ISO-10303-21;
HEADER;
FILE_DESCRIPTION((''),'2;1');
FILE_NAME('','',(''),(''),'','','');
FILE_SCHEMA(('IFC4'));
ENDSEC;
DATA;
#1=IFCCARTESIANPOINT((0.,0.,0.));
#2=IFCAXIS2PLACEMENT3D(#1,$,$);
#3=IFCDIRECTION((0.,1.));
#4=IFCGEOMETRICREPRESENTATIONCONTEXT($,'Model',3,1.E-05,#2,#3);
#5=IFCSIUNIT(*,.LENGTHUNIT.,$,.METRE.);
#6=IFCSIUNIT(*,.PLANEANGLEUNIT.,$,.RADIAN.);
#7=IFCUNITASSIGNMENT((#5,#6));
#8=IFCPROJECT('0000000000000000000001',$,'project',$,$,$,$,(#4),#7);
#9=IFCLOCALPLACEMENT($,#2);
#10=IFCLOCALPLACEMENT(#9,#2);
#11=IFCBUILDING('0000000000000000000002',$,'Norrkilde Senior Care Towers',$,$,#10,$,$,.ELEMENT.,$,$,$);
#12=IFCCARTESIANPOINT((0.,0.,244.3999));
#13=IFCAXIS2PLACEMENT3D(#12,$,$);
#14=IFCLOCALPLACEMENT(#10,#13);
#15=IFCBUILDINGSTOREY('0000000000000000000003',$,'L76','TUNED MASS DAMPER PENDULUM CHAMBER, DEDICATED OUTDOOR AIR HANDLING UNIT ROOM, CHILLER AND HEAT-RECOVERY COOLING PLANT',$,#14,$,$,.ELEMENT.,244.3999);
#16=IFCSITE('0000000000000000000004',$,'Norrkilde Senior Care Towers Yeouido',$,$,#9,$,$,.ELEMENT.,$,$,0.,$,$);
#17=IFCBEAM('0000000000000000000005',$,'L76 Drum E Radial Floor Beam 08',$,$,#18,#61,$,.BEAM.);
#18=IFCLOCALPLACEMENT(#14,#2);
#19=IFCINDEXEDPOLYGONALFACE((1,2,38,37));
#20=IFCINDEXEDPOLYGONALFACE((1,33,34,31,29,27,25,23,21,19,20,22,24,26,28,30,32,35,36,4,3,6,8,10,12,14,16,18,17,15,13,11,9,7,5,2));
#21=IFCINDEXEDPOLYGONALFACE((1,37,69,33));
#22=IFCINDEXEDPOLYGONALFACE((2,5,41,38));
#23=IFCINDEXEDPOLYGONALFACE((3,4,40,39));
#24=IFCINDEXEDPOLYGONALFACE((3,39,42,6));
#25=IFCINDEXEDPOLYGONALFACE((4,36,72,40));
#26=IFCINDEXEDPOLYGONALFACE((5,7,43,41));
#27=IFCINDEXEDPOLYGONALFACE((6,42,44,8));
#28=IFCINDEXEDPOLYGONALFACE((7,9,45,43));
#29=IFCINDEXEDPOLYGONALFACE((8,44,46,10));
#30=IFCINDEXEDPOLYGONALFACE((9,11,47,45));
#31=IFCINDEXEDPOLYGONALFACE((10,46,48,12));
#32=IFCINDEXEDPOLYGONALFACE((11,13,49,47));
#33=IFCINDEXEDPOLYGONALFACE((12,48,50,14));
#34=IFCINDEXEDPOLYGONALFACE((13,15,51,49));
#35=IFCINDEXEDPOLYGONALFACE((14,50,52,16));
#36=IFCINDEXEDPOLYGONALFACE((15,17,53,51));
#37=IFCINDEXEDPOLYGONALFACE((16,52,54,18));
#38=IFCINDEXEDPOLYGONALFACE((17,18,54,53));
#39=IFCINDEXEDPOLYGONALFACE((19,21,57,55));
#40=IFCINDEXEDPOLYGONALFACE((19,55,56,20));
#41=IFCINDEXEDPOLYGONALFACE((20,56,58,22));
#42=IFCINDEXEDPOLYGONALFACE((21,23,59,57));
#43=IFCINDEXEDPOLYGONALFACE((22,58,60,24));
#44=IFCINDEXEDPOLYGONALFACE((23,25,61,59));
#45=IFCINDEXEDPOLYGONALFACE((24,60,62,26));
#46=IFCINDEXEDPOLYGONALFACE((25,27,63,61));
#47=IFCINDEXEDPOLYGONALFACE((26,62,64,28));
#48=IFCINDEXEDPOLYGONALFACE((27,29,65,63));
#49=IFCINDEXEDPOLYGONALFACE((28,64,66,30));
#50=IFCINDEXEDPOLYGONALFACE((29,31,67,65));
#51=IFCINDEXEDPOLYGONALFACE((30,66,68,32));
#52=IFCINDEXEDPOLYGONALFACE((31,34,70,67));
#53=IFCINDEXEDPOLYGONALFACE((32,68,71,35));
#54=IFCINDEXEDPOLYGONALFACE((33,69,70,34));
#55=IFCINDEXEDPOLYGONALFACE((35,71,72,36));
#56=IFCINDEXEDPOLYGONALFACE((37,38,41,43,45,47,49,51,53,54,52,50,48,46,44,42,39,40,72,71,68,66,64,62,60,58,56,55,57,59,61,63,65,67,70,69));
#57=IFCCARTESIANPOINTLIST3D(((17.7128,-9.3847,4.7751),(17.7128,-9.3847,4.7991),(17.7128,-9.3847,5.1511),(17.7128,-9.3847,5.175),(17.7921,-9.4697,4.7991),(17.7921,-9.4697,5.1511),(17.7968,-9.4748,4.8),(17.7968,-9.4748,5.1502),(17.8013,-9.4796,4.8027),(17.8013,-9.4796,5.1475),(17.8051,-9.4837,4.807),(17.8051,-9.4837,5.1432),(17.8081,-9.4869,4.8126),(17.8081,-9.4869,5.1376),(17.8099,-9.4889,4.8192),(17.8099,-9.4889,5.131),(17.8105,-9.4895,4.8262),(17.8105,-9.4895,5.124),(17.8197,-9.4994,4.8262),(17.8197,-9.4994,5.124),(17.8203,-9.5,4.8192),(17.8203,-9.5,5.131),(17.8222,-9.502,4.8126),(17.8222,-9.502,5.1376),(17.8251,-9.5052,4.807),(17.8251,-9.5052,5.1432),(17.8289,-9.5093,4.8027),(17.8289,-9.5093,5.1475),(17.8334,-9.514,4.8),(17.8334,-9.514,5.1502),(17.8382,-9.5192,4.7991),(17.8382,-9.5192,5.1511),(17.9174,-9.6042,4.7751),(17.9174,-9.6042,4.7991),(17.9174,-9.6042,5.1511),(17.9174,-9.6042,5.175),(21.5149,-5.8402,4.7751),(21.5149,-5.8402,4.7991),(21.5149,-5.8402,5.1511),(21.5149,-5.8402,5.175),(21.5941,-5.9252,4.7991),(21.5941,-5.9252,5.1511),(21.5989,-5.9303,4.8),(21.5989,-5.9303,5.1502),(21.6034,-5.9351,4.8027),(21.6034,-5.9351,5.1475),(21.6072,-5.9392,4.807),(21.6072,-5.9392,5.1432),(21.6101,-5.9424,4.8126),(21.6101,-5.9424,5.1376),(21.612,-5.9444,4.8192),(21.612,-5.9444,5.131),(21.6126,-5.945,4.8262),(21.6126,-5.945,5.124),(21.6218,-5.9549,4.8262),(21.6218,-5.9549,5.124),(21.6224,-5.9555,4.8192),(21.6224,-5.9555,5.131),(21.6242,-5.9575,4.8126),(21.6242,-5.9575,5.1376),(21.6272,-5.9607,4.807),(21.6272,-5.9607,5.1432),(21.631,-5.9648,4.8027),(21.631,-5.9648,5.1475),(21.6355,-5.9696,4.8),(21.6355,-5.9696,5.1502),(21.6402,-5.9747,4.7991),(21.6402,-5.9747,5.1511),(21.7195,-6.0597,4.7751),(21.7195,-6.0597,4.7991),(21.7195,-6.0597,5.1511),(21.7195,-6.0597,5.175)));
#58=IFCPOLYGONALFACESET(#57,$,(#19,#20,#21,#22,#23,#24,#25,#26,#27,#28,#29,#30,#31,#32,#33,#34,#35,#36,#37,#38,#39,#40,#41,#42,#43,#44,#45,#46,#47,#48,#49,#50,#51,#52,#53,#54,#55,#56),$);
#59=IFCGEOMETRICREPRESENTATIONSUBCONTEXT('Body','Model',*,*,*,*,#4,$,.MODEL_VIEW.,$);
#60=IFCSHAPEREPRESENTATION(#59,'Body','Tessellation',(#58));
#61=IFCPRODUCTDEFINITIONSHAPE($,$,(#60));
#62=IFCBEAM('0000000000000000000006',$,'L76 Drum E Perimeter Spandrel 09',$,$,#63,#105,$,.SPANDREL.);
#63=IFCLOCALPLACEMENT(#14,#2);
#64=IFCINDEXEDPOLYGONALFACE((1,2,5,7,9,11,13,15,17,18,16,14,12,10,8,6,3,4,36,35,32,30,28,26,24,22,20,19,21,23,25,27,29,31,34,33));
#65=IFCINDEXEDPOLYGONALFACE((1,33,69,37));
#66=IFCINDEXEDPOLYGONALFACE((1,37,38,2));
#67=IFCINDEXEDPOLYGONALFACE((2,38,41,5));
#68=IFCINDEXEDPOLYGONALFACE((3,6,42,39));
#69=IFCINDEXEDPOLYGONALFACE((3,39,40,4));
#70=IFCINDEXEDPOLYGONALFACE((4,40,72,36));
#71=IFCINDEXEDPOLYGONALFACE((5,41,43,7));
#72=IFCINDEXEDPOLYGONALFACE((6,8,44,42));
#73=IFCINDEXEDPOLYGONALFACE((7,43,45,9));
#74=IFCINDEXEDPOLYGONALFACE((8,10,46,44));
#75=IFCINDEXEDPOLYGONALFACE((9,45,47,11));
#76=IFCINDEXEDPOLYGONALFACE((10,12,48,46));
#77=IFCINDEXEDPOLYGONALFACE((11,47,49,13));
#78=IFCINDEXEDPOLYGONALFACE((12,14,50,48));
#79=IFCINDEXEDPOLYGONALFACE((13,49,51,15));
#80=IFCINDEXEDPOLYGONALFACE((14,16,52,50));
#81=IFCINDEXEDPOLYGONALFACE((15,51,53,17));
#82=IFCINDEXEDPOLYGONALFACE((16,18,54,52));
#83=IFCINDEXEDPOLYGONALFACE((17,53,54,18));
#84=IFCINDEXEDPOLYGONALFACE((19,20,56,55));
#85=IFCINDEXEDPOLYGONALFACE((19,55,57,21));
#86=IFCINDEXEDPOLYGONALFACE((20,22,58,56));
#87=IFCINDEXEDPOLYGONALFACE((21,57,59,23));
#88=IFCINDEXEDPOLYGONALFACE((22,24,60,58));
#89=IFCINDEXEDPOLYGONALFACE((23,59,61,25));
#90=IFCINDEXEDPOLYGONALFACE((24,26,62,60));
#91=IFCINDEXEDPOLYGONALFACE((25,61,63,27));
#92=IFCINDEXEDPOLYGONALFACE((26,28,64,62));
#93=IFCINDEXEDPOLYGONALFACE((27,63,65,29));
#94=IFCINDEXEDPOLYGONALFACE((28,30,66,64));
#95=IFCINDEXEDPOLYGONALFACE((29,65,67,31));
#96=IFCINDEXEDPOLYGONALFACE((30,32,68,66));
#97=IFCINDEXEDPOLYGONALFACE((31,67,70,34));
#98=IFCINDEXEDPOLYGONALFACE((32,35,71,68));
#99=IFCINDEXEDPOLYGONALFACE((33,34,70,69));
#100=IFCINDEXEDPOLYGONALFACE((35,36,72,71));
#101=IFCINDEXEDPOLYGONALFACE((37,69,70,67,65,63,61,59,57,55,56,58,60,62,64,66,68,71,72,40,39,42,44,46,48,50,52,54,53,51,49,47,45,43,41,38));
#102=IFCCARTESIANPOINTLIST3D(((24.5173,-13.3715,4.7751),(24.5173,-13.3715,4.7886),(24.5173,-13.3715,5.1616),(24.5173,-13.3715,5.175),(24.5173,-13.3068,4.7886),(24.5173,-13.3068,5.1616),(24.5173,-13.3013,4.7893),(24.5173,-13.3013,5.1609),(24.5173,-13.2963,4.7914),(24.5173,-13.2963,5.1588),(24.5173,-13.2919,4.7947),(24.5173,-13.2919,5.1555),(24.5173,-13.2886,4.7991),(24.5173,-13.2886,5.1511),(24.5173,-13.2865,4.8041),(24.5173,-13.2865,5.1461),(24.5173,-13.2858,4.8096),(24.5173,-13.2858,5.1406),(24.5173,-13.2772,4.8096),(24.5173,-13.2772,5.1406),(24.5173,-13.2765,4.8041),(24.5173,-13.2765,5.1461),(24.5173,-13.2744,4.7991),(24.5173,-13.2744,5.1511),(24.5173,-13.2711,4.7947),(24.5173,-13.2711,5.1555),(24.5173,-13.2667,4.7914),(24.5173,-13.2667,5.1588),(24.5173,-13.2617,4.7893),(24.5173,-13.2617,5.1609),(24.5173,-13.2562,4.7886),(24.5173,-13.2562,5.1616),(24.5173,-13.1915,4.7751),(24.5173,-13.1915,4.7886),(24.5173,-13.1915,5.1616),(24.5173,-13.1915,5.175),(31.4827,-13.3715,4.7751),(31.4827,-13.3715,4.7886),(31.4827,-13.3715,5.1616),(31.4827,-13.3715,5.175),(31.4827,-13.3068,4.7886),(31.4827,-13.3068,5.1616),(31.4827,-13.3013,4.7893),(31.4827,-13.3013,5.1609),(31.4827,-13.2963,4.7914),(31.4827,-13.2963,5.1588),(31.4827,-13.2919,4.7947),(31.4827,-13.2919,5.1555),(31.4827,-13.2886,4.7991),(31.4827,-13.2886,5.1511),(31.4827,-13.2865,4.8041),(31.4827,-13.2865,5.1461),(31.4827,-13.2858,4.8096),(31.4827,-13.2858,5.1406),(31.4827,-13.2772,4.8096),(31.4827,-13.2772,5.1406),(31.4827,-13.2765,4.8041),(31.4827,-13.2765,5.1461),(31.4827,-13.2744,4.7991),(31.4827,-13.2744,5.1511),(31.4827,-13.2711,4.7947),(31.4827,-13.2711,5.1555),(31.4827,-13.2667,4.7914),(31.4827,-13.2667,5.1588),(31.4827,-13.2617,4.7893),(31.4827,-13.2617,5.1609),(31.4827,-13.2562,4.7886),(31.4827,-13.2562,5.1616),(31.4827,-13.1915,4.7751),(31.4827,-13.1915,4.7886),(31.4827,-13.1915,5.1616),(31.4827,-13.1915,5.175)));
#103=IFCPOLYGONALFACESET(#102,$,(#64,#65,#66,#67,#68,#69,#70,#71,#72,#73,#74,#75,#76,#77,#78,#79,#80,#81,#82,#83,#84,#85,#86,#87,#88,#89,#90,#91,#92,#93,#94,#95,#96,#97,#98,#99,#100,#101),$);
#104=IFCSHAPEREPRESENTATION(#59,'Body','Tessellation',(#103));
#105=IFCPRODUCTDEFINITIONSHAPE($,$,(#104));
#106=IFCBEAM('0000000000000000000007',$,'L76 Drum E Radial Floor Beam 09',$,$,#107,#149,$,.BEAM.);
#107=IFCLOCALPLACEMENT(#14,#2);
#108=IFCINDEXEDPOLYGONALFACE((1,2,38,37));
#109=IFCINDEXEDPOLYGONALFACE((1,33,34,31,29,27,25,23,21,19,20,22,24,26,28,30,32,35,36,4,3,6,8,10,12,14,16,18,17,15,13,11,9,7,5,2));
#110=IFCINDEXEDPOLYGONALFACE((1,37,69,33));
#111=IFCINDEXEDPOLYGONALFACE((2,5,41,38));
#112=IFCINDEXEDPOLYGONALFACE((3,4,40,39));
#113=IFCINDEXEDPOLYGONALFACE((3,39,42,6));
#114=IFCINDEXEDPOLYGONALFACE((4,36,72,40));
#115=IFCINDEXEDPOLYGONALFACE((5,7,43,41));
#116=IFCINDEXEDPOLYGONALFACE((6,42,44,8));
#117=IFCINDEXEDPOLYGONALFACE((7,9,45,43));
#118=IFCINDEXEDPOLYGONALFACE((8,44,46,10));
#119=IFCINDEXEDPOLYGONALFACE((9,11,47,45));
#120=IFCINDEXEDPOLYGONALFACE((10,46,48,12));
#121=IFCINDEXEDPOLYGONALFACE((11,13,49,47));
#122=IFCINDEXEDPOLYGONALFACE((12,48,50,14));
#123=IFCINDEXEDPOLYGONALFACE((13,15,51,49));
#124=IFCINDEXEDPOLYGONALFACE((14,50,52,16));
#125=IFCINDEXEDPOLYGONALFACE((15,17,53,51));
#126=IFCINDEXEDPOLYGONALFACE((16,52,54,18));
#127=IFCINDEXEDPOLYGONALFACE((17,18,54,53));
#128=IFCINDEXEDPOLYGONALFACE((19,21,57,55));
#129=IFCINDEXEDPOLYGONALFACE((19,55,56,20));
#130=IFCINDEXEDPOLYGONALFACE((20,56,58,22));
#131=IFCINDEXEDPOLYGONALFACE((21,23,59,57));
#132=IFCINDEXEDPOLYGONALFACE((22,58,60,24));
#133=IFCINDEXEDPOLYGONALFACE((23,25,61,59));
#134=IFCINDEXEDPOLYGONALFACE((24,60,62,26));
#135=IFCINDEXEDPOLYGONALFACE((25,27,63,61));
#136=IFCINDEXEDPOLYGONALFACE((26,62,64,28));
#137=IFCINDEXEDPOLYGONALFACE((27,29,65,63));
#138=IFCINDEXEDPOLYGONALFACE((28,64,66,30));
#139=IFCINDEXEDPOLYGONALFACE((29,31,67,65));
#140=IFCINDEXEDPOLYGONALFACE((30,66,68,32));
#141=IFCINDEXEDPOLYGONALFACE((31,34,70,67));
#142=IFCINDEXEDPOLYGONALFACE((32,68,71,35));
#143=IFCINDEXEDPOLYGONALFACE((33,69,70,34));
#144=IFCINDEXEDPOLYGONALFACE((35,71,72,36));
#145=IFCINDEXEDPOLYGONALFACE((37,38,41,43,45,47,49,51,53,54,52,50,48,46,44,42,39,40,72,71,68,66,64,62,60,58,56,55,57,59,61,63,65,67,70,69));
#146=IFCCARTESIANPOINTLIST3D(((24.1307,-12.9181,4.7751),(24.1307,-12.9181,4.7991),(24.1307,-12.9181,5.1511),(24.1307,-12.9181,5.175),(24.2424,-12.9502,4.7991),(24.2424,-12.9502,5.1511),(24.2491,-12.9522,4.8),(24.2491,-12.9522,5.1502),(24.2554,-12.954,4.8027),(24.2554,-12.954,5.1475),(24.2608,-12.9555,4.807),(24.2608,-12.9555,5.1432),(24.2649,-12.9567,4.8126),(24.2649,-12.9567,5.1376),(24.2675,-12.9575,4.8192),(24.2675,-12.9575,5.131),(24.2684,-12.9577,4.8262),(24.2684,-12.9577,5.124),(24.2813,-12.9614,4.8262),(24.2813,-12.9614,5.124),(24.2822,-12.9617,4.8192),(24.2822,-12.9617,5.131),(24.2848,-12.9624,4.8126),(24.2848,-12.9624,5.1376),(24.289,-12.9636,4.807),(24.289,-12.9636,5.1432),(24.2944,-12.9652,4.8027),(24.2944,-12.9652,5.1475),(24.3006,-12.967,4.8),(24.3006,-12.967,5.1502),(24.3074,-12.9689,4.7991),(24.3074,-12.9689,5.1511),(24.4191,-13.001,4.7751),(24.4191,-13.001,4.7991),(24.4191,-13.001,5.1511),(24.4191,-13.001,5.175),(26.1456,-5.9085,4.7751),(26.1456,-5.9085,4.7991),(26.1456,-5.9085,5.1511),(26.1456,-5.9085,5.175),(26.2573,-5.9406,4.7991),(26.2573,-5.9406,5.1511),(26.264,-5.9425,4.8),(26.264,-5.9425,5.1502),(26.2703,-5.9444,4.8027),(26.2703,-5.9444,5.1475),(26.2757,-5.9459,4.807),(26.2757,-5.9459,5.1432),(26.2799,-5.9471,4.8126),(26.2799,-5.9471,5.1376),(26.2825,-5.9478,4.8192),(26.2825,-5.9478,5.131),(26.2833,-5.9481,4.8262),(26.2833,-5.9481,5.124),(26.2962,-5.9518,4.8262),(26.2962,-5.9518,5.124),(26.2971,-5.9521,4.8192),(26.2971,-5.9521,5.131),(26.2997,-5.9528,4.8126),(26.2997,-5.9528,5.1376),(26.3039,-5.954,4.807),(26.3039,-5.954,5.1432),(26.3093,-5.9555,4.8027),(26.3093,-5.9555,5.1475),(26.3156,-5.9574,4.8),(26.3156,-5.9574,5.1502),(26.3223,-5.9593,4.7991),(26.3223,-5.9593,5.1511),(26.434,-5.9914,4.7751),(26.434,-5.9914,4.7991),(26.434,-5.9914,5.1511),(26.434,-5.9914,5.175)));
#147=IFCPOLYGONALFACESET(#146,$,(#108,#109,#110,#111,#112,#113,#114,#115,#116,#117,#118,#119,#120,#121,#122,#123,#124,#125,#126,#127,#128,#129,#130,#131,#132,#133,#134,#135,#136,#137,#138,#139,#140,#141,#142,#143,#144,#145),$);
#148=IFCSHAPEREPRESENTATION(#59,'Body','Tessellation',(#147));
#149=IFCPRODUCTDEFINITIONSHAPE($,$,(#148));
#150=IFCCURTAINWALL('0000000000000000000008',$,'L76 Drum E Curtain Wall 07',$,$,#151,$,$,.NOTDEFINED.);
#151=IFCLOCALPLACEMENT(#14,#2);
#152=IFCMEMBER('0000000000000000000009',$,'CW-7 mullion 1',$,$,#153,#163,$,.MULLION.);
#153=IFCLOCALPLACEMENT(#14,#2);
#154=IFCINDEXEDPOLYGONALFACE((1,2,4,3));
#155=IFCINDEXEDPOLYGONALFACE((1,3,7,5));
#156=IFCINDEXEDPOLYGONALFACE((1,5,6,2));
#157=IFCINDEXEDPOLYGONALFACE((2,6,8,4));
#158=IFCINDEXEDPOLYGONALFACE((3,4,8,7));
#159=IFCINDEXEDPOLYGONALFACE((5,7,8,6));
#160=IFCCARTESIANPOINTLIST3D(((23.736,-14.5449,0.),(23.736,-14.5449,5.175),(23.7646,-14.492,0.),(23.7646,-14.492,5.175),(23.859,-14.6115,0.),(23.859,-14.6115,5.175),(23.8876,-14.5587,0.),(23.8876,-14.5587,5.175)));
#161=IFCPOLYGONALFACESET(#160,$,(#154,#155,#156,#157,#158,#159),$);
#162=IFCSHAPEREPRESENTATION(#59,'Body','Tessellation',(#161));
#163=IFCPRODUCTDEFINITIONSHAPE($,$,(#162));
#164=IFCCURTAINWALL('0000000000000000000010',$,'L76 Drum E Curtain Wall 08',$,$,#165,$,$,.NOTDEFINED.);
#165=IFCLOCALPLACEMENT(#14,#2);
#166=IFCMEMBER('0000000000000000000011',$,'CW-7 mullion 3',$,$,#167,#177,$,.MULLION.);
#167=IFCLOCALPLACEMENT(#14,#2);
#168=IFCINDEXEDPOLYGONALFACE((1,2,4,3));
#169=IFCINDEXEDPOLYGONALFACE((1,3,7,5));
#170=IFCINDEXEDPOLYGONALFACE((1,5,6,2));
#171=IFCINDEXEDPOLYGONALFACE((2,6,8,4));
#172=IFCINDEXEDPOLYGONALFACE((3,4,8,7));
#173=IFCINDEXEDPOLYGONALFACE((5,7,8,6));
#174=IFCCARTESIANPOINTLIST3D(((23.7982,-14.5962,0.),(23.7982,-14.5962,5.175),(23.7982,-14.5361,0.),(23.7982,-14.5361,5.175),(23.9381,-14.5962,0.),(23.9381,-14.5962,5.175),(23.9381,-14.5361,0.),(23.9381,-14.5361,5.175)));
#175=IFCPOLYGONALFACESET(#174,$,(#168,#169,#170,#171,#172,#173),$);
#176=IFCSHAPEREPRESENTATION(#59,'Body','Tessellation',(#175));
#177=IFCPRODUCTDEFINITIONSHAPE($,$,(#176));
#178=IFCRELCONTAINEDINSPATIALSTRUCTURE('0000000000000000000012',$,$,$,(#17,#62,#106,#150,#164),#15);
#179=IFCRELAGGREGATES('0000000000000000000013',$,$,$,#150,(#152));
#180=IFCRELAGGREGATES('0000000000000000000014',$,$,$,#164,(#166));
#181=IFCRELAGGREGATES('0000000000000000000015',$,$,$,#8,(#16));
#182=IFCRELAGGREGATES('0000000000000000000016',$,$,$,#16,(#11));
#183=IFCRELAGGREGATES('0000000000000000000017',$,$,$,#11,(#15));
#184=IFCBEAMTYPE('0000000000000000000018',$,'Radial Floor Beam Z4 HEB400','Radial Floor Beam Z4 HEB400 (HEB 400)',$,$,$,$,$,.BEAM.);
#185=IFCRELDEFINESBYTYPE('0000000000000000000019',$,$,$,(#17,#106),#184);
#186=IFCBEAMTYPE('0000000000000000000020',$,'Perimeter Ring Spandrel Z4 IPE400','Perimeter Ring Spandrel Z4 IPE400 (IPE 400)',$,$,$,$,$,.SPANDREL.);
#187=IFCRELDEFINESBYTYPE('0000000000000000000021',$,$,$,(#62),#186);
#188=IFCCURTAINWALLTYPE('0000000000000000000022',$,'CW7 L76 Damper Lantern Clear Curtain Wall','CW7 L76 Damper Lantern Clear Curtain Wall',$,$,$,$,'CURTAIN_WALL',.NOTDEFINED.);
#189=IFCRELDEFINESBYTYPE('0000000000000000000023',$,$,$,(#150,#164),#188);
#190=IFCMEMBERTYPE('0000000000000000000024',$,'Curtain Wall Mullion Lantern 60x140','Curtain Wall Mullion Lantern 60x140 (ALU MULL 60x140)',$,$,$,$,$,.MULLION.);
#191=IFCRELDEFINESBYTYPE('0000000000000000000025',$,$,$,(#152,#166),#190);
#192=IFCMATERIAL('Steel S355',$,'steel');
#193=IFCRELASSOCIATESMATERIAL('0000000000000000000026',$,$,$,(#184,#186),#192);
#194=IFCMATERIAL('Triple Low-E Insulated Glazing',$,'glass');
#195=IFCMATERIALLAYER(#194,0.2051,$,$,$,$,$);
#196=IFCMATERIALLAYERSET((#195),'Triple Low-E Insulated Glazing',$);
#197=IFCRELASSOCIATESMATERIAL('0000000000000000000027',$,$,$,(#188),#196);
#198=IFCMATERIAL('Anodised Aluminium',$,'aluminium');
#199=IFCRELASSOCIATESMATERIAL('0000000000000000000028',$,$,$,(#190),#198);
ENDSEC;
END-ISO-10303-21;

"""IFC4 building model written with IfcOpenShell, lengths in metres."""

from ifc_helpers import new_model, si_unit, direction, frame, origin, origin_2d, place, context, subcontext, project, spatial, rectangle, i_section, extrude, source, transform, mapped, material, layer, layer_set, material_profile, profile_set, type_object, type_shapes, element, aggregate, save


model = new_model("IFC4")

# Units and contexts
model_context = context("Model", 3, precision=1e-05, world=origin(), true_north=direction((0.0, 1.0)))
body_context = subcontext(model_context, "Body", "Model", "MODEL_VIEW")
ifc_project = project(units=[si_unit("LENGTHUNIT", "METRE"), si_unit("PLANEANGLEUNIT", "RADIAN")], contexts=[model_context])

# Site, building, storey
site_placement = place(None, origin())
site = spatial("IfcSite", under=ifc_project, at=site_placement, Name="Norrkilde Senior Care Towers Yeouido", CompositionType="ELEMENT", RefElevation=0.0)
building_placement = place(site_placement, origin())
building = spatial("IfcBuilding", under=site, at=building_placement, Name="Norrkilde Senior Care Towers", CompositionType="ELEMENT")
storey_placement = place(building_placement, frame((0.0, 0.0, 244.3999)))
storey = spatial("IfcBuildingStorey", under=building, at=storey_placement, Name="L76", Description="TUNED MASS DAMPER PENDULUM CHAMBER, DEDICATED OUTDOOR AIR HANDLING UNIT ROOM, CHILLER AND HEAT-RECOVERY COOLING PLANT", CompositionType="ELEMENT", Elevation=244.3999)

# Beams
ifc_material_1 = material(Name="Steel S355", Category="steel")
ifc_material_profile_1 = material_profile(ifc_material_1, i_section(OverallWidth=0.3, OverallDepth=0.3999, WebThickness=0.0134, FlangeThickness=0.0239, FilletRadius=0.0271, at=origin_2d()), Name="HEB 400")
ifc_profile_set_1 = profile_set([ifc_material_profile_1], Name="Steel S355")
beam_type_1 = type_object("IfcBeamType", Name="Radial Floor Beam Z4 HEB400", Description="Radial Floor Beam Z4 HEB400 (HEB 400)", PredefinedType="BEAM", material=ifc_profile_set_1)
shared_shape_1 = source(origin(), body_context, "Body", "SweptSolid", [
    extrude(i_section(OverallWidth=0.3, OverallDepth=0.3999, WebThickness=0.0134, FlangeThickness=0.0239, FilletRadius=0.0271, at=origin_2d()), origin(), (0.0, 0.0, 1.0), 5.198),
])
beam_1_placement = place(storey_placement, frame((21.6172, -5.95, 4.9751), z_axis=(-0.731449, -0.681896, 0.0), x_axis=(0.681896, -0.731449, 0.0)))
element("IfcBeam", 1, at=beam_1_placement, inside=storey, type_object=beam_type_1, Name="L76 Drum E Radial Floor Beam 08", PredefinedType="BEAM", context=body_context, shape_type="MappedRepresentation", body=[
    mapped(shared_shape_1, transform((0.0, 0.0, 0.0), x_axis=(1.0, 0.0, 0.0), y_axis=(0.0, 1.0, 0.0), z_axis=(0.0, 0.0, 1.0), scale=1.0)),
])
ifc_material_profile_2 = material_profile(ifc_material_1, i_section(OverallWidth=0.1799, OverallDepth=0.3999, WebThickness=0.0085, FlangeThickness=0.0134, FilletRadius=0.021, at=origin_2d()), Name="IPE 400")
ifc_profile_set_2 = profile_set([ifc_material_profile_2], Name="Steel S355")
beam_type_2 = type_object("IfcBeamType", Name="Perimeter Ring Spandrel Z4 IPE400", Description="Perimeter Ring Spandrel Z4 IPE400 (IPE 400)", PredefinedType="SPANDREL", material=ifc_profile_set_2)
shared_shape_2 = source(origin(), body_context, "Body", "SweptSolid", [
    extrude(i_section(OverallWidth=0.1799, OverallDepth=0.3999, WebThickness=0.0085, FlangeThickness=0.0134, FilletRadius=0.021, at=origin_2d()), origin(), (0.0, 0.0, 1.0), 6.9653),
])
type_shapes(beam_type_2, [shared_shape_2])
beam_2_placement = place(storey_placement, frame((24.5173, -13.2815, 4.9751), z_axis=(1.0, 0.0, 0.0), x_axis=(0.0, 1.0, 0.0)))
element("IfcBeam", 2, at=beam_2_placement, inside=storey, type_object=beam_type_2, Name="L76 Drum E Perimeter Spandrel 09", PredefinedType="SPANDREL", context=body_context, shape_type="MappedRepresentation", body=[
    mapped(shared_shape_2, transform((0.0, 0.0, 0.0), x_axis=(1.0, 0.0, 0.0), y_axis=(0.0, 1.0, 0.0), z_axis=(0.0, 0.0, 1.0), scale=1.0)),
])
shared_shape_3 = source(origin(), body_context, "Body", "SweptSolid", [
    extrude(i_section(OverallWidth=0.3, OverallDepth=0.3999, WebThickness=0.0134, FlangeThickness=0.0239, FilletRadius=0.0271, at=origin_2d()), origin(), (0.0, 0.0, 1.0), 7.2935),
])
beam_3_placement = place(storey_placement, frame((26.2898, -5.95, 4.9751), z_axis=(-0.276264, -0.961082, 0.0), x_axis=(0.961082, -0.276264, 0.0)))
element("IfcBeam", 3, at=beam_3_placement, inside=storey, type_object=beam_type_1, Name="L76 Drum E Radial Floor Beam 09", PredefinedType="BEAM", context=body_context, shape_type="MappedRepresentation", body=[
    mapped(shared_shape_3, transform((0.0, 0.0, 0.0), x_axis=(1.0, 0.0, 0.0), y_axis=(0.0, 1.0, 0.0), z_axis=(0.0, 0.0, 1.0), scale=1.0)),
])

# Curtain walls, members
ifc_material_2 = material(Name="Triple Low-E Insulated Glazing", Category="glass")
ifc_layer_1 = layer(ifc_material_2, 0.2051)
ifc_layer_set_1 = layer_set([ifc_layer_1], Name="Triple Low-E Insulated Glazing")
curtain_wall_type = type_object("IfcCurtainWallType", Name="CW7 L76 Damper Lantern Clear Curtain Wall", Description="CW7 L76 Damper Lantern Clear Curtain Wall", ElementType="CURTAIN_WALL", PredefinedType="NOTDEFINED", material=ifc_layer_set_1)
curtain_wall_1_placement = place(storey_placement, origin())
curtain_wall_1 = element("IfcCurtainWall", 4, at=curtain_wall_1_placement, inside=storey, type_object=curtain_wall_type, Name="L76 Drum E Curtain Wall 07", PredefinedType="NOTDEFINED")
ifc_material_3 = material(Name="Anodised Aluminium", Category="aluminium")
ifc_material_profile_3 = material_profile(ifc_material_3, rectangle(XDim=0.0601, YDim=0.1399, at=origin_2d()), Name="ALU MULL 60x140")
ifc_profile_set_3 = profile_set([ifc_material_profile_3], Name="Anodised Aluminium")
member_type_1 = type_object("IfcMemberType", Name="Curtain Wall Mullion Lantern 60x140", Description="Curtain Wall Mullion Lantern 60x140 (ALU MULL 60x140)", PredefinedType="MULLION", material=ifc_profile_set_3)
shared_shape_4 = source(origin(), body_context, "Body", "SweptSolid", [
    extrude(rectangle(XDim=0.0601, YDim=0.1399, at=origin_2d()), origin(), (0.0, 0.0, 1.0), 5.175),
])
type_shapes(member_type_1, [shared_shape_4])
member_1_placement = place(storey_placement, frame((23.8118, -14.5518, 0.0), z_axis=(0.0, 0.0, 1.0), x_axis=(-0.476133, -0.879373, 0.0)))
member_1 = element("IfcMember", 5, at=member_1_placement, type_object=member_type_1, Name="CW-7 mullion 1", PredefinedType="MULLION", context=body_context, shape_type="MappedRepresentation", body=[
    mapped(shared_shape_4, transform((0.0, 0.0, 0.0), x_axis=(1.0, 0.0, 0.0), y_axis=(0.0, 1.0, 0.0), z_axis=(0.0, 0.0, 1.0), scale=1.0)),
])
curtain_wall_2_placement = place(storey_placement, origin())
curtain_wall_2 = element("IfcCurtainWall", 6, at=curtain_wall_2_placement, inside=storey, type_object=curtain_wall_type, Name="L76 Drum E Curtain Wall 08", PredefinedType="NOTDEFINED")
member_2_placement = place(storey_placement, frame((23.8682, -14.5662, 0.0), z_axis=(0.0, 0.0, 1.0), x_axis=(0.0, -1.0, 0.0)))
member_2 = element("IfcMember", 7, at=member_2_placement, type_object=member_type_1, Name="CW-7 mullion 3", PredefinedType="MULLION", context=body_context, shape_type="MappedRepresentation", body=[
    mapped(shared_shape_4, transform((0.0, 0.0, 0.0), x_axis=(1.0, 0.0, 0.0), y_axis=(0.0, 1.0, 0.0), z_axis=(0.0, 0.0, 1.0), scale=1.0)),
])

aggregate(curtain_wall_1, [member_1])
aggregate(curtain_wall_2, [member_2])

save(model, "model.ifc")
